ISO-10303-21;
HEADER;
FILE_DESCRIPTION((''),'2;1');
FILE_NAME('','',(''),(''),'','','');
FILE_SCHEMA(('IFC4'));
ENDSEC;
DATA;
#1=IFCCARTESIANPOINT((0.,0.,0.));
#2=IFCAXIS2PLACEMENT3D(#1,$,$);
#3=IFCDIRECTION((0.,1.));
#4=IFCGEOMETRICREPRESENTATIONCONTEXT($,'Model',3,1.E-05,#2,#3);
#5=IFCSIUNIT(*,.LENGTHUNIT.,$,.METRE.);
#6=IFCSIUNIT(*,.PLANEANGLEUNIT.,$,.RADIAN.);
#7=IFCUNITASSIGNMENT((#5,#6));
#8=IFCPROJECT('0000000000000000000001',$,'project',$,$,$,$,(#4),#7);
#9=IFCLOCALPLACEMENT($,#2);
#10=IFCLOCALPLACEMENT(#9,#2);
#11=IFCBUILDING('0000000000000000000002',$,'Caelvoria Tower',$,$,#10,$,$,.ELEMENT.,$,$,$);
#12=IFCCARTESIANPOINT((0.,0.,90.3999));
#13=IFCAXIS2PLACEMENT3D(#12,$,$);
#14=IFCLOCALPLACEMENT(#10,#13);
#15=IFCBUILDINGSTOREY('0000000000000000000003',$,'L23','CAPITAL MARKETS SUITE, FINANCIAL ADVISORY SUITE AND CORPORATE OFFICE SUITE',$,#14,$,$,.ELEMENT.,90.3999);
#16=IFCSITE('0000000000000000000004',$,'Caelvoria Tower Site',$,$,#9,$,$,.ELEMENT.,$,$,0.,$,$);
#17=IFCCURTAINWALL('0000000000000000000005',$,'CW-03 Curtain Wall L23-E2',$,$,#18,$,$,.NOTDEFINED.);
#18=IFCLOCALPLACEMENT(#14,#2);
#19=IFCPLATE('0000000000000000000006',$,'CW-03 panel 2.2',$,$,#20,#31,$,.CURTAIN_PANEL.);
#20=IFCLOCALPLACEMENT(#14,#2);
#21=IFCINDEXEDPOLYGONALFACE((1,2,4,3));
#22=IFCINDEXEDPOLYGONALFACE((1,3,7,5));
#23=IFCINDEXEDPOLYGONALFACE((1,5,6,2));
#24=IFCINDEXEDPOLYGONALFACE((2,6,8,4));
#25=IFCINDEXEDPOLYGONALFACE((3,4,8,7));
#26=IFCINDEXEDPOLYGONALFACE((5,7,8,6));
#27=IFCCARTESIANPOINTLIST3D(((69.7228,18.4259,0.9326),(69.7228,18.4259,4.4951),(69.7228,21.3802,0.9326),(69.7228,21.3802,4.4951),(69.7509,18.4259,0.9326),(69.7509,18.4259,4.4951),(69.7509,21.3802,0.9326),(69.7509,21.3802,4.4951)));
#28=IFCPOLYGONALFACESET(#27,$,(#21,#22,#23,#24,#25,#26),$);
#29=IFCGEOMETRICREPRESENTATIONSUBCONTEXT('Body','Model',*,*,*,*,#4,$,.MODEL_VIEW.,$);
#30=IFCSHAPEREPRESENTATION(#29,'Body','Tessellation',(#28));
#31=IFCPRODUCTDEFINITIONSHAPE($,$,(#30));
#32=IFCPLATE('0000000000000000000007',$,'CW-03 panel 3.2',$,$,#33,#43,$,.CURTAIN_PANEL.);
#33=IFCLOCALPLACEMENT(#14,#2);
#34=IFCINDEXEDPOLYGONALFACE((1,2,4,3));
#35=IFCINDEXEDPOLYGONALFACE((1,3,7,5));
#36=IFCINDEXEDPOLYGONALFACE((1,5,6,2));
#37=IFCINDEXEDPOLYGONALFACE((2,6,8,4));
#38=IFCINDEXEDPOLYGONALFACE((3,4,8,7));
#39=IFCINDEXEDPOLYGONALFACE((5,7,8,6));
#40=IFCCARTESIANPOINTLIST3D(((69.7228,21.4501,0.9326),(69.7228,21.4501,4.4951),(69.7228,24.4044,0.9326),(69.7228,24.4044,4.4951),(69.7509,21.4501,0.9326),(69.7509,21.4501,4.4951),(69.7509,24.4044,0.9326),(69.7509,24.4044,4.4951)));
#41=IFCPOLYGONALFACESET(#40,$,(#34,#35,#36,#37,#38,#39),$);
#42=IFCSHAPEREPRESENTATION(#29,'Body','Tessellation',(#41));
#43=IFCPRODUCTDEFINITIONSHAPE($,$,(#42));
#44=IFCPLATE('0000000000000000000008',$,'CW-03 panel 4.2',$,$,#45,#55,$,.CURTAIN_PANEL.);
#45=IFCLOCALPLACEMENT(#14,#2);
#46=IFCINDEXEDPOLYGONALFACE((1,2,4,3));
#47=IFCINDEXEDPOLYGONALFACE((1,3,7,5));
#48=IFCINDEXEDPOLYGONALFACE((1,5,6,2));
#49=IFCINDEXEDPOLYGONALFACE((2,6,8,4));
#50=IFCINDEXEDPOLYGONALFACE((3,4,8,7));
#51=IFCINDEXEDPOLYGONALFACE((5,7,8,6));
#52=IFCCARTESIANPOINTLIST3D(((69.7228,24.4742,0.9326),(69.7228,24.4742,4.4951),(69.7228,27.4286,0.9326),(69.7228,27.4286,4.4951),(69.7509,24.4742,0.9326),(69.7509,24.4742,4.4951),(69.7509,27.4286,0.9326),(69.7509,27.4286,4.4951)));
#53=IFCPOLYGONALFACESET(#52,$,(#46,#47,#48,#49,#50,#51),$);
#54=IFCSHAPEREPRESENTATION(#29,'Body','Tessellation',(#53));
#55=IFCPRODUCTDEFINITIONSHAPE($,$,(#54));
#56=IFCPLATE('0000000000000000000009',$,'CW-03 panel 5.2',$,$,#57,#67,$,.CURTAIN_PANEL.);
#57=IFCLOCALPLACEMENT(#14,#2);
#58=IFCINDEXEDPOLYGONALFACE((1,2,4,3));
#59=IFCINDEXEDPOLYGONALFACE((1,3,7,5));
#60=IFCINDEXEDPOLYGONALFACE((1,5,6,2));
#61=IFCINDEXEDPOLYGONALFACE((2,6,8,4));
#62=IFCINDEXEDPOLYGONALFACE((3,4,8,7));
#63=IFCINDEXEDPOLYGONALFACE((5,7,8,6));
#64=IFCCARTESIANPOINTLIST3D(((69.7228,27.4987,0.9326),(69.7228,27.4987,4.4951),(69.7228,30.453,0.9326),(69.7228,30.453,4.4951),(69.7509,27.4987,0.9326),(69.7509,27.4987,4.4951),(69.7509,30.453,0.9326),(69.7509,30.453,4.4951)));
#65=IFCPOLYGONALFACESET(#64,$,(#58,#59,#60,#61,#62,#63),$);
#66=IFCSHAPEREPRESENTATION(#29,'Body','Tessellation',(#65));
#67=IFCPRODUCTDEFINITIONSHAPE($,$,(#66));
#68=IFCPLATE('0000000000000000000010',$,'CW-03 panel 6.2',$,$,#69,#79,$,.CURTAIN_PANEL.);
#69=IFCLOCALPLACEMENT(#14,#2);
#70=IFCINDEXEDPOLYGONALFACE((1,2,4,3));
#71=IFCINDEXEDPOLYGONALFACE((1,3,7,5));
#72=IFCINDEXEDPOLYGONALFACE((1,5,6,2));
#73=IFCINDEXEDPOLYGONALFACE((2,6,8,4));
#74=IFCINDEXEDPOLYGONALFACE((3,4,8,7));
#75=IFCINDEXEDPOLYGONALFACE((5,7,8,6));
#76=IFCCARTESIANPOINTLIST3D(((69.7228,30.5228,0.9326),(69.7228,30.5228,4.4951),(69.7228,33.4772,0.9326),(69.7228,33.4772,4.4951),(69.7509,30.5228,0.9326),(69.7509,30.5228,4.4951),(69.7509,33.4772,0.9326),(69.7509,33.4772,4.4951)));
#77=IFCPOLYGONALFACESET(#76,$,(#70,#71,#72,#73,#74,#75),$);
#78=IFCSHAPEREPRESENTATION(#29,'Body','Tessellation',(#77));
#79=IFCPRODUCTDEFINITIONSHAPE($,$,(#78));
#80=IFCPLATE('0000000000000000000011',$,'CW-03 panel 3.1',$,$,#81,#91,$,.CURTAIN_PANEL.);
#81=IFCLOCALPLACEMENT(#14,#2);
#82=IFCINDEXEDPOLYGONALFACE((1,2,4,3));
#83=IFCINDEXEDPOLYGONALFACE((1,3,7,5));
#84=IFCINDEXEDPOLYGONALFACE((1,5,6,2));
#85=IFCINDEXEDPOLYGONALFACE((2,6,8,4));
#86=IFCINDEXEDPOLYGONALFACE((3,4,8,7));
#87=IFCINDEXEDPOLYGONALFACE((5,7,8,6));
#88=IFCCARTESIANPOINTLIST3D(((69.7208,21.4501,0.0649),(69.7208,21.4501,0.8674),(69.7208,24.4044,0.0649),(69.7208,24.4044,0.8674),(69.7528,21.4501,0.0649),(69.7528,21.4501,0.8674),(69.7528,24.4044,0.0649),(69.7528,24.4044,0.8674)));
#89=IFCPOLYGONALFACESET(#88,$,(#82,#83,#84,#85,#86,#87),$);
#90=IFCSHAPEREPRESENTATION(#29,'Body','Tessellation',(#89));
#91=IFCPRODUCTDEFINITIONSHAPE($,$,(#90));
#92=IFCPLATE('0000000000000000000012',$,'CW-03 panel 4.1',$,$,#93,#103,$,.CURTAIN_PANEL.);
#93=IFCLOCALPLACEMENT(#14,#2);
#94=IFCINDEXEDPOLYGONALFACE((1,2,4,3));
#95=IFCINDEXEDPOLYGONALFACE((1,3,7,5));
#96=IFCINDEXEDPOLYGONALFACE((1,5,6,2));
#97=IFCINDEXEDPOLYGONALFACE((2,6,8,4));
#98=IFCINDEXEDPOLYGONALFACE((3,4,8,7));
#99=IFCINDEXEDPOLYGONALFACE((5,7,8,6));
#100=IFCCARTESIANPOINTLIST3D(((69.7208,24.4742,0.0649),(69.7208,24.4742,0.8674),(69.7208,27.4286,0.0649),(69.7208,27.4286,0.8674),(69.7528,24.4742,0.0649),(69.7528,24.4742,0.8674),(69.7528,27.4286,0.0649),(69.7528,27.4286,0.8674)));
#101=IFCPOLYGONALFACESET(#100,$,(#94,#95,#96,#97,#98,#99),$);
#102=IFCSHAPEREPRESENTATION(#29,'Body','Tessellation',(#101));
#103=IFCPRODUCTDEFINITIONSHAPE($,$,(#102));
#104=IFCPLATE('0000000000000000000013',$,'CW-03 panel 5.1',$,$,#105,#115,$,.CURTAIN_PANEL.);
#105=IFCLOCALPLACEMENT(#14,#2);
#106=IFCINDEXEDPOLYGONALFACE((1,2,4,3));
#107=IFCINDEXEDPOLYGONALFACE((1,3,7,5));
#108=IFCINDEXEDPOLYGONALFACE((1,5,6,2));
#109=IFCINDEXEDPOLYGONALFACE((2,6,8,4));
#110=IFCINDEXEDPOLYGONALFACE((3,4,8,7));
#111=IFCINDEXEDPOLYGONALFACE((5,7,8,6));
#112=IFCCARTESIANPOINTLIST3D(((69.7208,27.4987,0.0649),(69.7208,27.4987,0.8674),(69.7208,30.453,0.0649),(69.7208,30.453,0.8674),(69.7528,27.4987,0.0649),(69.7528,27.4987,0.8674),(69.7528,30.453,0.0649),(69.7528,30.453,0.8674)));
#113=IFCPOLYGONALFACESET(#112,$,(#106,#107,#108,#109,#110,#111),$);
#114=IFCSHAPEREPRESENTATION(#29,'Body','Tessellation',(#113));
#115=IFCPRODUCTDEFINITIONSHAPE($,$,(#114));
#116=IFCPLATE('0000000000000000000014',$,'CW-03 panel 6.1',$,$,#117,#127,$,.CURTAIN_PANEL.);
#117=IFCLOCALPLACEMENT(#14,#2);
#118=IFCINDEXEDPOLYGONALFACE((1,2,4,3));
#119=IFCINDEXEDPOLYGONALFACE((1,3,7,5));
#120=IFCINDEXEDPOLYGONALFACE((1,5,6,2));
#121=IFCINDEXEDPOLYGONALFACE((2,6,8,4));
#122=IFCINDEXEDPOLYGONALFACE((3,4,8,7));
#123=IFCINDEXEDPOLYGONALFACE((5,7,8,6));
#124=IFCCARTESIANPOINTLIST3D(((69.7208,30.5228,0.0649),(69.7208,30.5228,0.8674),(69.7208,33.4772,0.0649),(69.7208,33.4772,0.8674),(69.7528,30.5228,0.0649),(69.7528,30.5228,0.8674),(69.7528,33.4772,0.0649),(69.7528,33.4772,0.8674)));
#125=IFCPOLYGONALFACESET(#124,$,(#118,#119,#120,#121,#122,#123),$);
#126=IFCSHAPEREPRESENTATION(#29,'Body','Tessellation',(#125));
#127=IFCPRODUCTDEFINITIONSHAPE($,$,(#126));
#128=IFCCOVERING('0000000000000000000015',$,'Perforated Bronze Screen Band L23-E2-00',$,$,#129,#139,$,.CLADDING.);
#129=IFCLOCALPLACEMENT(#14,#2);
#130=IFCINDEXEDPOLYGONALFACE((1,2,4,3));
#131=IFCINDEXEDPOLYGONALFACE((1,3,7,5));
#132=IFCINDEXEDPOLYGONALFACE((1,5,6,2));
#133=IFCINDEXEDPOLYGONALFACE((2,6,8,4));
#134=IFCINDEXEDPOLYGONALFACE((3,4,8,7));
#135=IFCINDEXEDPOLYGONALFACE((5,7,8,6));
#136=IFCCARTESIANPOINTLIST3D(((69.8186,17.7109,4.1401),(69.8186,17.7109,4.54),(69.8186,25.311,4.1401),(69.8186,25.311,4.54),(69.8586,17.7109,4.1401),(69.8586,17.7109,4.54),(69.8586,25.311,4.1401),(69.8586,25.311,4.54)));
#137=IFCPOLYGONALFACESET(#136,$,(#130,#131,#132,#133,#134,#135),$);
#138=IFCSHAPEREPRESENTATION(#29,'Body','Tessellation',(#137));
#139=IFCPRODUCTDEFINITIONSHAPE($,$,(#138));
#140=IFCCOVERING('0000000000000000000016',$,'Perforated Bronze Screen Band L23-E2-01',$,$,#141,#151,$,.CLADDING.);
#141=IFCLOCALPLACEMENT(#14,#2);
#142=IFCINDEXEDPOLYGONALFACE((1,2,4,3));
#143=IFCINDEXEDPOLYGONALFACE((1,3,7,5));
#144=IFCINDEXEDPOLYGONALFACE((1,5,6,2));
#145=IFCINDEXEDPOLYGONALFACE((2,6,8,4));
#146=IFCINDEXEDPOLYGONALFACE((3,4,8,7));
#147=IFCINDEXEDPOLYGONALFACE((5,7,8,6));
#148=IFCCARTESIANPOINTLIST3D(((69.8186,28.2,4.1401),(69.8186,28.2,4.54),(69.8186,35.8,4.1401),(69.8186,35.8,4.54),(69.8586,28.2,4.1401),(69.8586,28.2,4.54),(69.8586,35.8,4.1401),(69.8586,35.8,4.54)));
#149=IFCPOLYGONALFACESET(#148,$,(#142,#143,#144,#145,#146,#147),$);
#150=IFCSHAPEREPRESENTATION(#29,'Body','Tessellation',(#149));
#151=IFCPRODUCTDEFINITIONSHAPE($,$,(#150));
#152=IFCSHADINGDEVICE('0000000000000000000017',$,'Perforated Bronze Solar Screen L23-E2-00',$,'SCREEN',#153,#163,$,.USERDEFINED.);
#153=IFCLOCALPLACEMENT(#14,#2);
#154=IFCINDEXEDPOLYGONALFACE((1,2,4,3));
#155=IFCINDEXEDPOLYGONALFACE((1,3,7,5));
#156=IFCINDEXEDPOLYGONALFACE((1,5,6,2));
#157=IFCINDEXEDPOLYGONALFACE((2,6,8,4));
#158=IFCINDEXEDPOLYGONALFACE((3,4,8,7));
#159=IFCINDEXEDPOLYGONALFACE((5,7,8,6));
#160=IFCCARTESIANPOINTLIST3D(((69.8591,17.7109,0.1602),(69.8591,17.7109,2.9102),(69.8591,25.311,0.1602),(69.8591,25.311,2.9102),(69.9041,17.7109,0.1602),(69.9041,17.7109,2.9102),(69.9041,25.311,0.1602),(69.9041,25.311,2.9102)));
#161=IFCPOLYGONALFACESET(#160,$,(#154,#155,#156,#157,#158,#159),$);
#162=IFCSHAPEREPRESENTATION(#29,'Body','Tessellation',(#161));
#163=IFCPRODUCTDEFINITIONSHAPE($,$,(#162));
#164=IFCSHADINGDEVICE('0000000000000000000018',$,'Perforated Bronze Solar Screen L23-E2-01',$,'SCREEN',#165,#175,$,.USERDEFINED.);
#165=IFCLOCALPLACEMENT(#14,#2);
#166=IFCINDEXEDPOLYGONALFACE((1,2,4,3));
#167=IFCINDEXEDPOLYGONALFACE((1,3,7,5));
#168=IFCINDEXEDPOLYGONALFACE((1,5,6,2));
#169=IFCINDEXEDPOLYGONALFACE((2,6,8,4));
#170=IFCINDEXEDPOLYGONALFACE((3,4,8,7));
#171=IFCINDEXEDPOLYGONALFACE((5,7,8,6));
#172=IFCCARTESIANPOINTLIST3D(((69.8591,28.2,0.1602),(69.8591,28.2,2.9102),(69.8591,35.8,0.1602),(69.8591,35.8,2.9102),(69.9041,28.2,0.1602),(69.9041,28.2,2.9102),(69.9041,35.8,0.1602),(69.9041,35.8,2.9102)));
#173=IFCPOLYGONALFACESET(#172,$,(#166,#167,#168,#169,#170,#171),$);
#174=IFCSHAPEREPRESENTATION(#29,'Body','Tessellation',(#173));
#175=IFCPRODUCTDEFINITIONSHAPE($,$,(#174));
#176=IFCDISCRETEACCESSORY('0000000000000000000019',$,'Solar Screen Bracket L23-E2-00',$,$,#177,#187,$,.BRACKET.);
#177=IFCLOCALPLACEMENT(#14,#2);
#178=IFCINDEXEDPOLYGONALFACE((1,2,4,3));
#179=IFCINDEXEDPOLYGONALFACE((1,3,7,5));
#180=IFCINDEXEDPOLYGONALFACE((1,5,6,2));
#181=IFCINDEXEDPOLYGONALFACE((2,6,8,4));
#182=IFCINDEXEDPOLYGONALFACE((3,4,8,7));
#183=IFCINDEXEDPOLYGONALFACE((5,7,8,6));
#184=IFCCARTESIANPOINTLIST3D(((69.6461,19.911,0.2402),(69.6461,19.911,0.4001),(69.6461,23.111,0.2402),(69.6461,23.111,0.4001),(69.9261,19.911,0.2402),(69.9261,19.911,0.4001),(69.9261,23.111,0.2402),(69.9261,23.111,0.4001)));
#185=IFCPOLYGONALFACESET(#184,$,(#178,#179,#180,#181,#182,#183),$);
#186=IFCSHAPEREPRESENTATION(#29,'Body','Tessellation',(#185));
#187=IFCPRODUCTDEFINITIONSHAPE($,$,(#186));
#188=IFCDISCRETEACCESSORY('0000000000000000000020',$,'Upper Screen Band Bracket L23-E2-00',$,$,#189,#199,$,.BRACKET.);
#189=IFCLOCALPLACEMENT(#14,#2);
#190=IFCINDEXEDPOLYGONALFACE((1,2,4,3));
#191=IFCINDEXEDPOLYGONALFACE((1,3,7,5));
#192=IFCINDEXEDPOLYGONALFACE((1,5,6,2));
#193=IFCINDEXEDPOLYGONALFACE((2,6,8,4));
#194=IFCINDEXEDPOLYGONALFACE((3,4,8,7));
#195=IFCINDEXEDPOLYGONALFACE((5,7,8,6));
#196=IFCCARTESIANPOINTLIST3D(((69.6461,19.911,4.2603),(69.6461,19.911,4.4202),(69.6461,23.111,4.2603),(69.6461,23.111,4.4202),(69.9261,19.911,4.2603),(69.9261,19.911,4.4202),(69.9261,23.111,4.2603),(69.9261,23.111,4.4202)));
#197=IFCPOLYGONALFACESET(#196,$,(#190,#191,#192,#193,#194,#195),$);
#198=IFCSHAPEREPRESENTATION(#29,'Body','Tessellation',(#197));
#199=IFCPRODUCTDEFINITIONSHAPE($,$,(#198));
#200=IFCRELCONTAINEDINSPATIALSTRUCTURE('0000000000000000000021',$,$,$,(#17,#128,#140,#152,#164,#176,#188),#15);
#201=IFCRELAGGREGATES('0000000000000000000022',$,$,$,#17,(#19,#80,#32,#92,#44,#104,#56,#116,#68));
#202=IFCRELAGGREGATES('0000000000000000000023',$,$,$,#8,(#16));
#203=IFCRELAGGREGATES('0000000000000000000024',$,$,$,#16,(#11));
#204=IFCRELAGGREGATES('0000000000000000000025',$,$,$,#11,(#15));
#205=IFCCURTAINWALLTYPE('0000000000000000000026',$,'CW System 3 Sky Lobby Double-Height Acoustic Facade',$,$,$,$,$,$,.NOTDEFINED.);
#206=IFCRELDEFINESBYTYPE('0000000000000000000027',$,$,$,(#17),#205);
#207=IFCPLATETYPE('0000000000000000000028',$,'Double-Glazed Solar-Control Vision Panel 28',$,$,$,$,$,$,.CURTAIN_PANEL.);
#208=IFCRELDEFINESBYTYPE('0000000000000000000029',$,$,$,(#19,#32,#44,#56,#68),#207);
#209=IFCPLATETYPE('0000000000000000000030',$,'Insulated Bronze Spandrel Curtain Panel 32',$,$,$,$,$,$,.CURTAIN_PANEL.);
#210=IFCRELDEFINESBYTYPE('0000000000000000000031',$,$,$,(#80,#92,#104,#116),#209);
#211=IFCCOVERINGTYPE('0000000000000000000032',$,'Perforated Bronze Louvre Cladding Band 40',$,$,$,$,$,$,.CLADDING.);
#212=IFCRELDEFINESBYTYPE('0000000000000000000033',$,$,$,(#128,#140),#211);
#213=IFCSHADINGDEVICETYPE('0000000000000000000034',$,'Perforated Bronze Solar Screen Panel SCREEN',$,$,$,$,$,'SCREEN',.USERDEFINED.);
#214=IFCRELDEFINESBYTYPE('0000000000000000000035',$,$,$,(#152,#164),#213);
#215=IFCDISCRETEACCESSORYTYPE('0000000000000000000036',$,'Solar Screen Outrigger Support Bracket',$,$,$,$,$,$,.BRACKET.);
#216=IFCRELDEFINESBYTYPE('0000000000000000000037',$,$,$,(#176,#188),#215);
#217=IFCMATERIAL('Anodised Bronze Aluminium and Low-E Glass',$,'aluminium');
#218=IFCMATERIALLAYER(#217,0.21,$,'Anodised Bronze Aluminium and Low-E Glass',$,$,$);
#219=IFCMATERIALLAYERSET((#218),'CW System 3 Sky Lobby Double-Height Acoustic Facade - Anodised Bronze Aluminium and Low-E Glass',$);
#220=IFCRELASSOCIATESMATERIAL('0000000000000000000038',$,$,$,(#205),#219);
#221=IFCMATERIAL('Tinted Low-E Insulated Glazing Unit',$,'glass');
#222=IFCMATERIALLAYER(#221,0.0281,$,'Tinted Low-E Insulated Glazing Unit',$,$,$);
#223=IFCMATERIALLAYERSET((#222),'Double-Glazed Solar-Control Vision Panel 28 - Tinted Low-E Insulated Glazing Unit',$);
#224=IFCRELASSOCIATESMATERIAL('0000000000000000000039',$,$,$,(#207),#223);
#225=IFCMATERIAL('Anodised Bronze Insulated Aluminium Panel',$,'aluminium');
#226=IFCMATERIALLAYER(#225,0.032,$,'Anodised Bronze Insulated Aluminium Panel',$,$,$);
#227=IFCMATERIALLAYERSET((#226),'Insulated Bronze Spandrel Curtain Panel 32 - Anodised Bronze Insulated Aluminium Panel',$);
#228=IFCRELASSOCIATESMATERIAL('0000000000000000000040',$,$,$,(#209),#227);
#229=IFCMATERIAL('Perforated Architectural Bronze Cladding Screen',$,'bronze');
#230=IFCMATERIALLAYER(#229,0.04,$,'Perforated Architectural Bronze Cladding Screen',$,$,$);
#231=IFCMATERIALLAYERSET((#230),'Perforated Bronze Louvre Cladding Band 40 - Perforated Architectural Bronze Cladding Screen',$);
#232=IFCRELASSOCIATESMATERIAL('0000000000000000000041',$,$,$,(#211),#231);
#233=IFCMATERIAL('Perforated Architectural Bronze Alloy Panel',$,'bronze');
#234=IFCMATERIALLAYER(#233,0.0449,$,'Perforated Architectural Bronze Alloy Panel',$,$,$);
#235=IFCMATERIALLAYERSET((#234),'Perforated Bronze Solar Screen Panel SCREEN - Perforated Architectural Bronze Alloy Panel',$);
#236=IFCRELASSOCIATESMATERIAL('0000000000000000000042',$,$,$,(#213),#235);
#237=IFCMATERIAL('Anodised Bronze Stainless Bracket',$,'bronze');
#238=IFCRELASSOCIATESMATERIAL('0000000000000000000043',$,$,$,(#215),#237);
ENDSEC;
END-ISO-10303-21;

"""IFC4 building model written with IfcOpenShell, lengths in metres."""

from ifc_helpers import new_model, si_unit, direction, frame, origin, origin_2d, place, context, subcontext, project, spatial, rectangle, extrude, material, layer, layer_set, type_object, element, aggregate, save


model = new_model("IFC4")

# Units and contexts
model_context = context("Model", 3, precision=1e-05, world=origin(), true_north=direction((0.0, 1.0)))
body_context = subcontext(model_context, "Body", "Model", "MODEL_VIEW")
ifc_project = project(units=[si_unit("LENGTHUNIT", "METRE"), si_unit("PLANEANGLEUNIT", "RADIAN")], contexts=[model_context])

# Site, building, storey
site_placement = place(None, origin())
site = spatial("IfcSite", under=ifc_project, at=site_placement, Name="Caelvoria Tower Site", CompositionType="ELEMENT", RefElevation=0.0)
building_placement = place(site_placement, origin())
building = spatial("IfcBuilding", under=site, at=building_placement, Name="Caelvoria Tower", CompositionType="ELEMENT")
storey_placement = place(building_placement, frame((0.0, 0.0, 90.3999)))
storey = spatial("IfcBuildingStorey", under=building, at=storey_placement, Name="L23", Description="CAPITAL MARKETS SUITE, FINANCIAL ADVISORY SUITE AND CORPORATE OFFICE SUITE", CompositionType="ELEMENT", Elevation=90.3999)

# Curtain wall
ifc_material_1 = material(Name="Anodised Bronze Aluminium and Low-E Glass", Category="aluminium")
ifc_layer_1 = layer(ifc_material_1, 0.21, Name="Anodised Bronze Aluminium and Low-E Glass")
ifc_layer_set_1 = layer_set([ifc_layer_1], Name="CW System 3 Sky Lobby Double-Height Acoustic Facade - Anodised Bronze Aluminium and Low-E Glass")
curtain_wall_type = type_object("IfcCurtainWallType", Name="CW System 3 Sky Lobby Double-Height Acoustic Facade", PredefinedType="NOTDEFINED", material=ifc_layer_set_1)
curtain_wall_placement = place(storey_placement, origin())
curtain_wall = element("IfcCurtainWall", 1, at=curtain_wall_placement, inside=storey, type_object=curtain_wall_type, Name="CW-03 Curtain Wall L23-E2", PredefinedType="NOTDEFINED")

# Plates
ifc_material_2 = material(Name="Tinted Low-E Insulated Glazing Unit", Category="glass")
ifc_layer_2 = layer(ifc_material_2, 0.0281, Name="Tinted Low-E Insulated Glazing Unit")
ifc_layer_set_2 = layer_set([ifc_layer_2], Name="Double-Glazed Solar-Control Vision Panel 28 - Tinted Low-E Insulated Glazing Unit")
plate_type_1 = type_object("IfcPlateType", Name="Double-Glazed Solar-Control Vision Panel 28", PredefinedType="CURTAIN_PANEL", material=ifc_layer_set_2)
plate_1_placement = place(storey_placement, frame((69.7368, 19.9031, 0.9326), z_axis=(0.0, 0.0, 1.0), x_axis=(0.0, 1.0, 0.0)))
plate_1 = element("IfcPlate", 2, at=plate_1_placement, type_object=plate_type_1, Name="CW-03 panel 2.2", PredefinedType="CURTAIN_PANEL", context=body_context, shape_type="SweptSolid", body=[
    extrude(rectangle(XDim=2.9543, YDim=0.0281, at=origin_2d()), origin(), (0.0, 0.0, 1.0), 3.5625),
])
plate_2_placement = place(storey_placement, frame((69.7368, 22.9272, 0.9326), z_axis=(0.0, 0.0, 1.0), x_axis=(0.0, 1.0, 0.0)))
plate_2 = element("IfcPlate", 3, at=plate_2_placement, type_object=plate_type_1, Name="CW-03 panel 3.2", PredefinedType="CURTAIN_PANEL", context=body_context, shape_type="SweptSolid", body=[
    extrude(rectangle(XDim=2.9543, YDim=0.0281, at=origin_2d()), origin(), (0.0, 0.0, 1.0), 3.5625),
])
plate_3_placement = place(storey_placement, frame((69.7368, 25.9514, 0.9326), z_axis=(0.0, 0.0, 1.0), x_axis=(0.0, 1.0, 0.0)))
plate_3 = element("IfcPlate", 4, at=plate_3_placement, type_object=plate_type_1, Name="CW-03 panel 4.2", PredefinedType="CURTAIN_PANEL", context=body_context, shape_type="SweptSolid", body=[
    extrude(rectangle(XDim=2.9543, YDim=0.0281, at=origin_2d()), origin(), (0.0, 0.0, 1.0), 3.5625),
])
plate_4_placement = place(storey_placement, frame((69.7368, 28.9758, 0.9326), z_axis=(0.0, 0.0, 1.0), x_axis=(0.0, 1.0, 0.0)))
plate_4 = element("IfcPlate", 5, at=plate_4_placement, type_object=plate_type_1, Name="CW-03 panel 5.2", PredefinedType="CURTAIN_PANEL", context=body_context, shape_type="SweptSolid", body=[
    extrude(rectangle(XDim=2.9543, YDim=0.0281, at=origin_2d()), origin(), (0.0, 0.0, 1.0), 3.5625),
])
plate_5_placement = place(storey_placement, frame((69.7368, 32.0, 0.9326), z_axis=(0.0, 0.0, 1.0), x_axis=(0.0, 1.0, 0.0)))
plate_5 = element("IfcPlate", 6, at=plate_5_placement, type_object=plate_type_1, Name="CW-03 panel 6.2", PredefinedType="CURTAIN_PANEL", context=body_context, shape_type="SweptSolid", body=[
    extrude(rectangle(XDim=2.9543, YDim=0.0281, at=origin_2d()), origin(), (0.0, 0.0, 1.0), 3.5625),
])
ifc_material_3 = material(Name="Anodised Bronze Insulated Aluminium Panel", Category="aluminium")
ifc_layer_3 = layer(ifc_material_3, 0.032, Name="Anodised Bronze Insulated Aluminium Panel")
ifc_layer_set_3 = layer_set([ifc_layer_3], Name="Insulated Bronze Spandrel Curtain Panel 32 - Anodised Bronze Insulated Aluminium Panel")
plate_type_2 = type_object("IfcPlateType", Name="Insulated Bronze Spandrel Curtain Panel 32", PredefinedType="CURTAIN_PANEL", material=ifc_layer_set_3)
plate_6_placement = place(storey_placement, frame((69.7368, 22.9272, 0.0649), z_axis=(0.0, 0.0, 1.0), x_axis=(0.0, 1.0, 0.0)))
plate_6 = element("IfcPlate", 7, at=plate_6_placement, type_object=plate_type_2, Name="CW-03 panel 3.1", PredefinedType="CURTAIN_PANEL", context=body_context, shape_type="SweptSolid", body=[
    extrude(rectangle(XDim=2.9543, YDim=0.032, at=origin_2d()), origin(), (0.0, 0.0, 1.0), 0.8025),
])
plate_7_placement = place(storey_placement, frame((69.7368, 25.9514, 0.0649), z_axis=(0.0, 0.0, 1.0), x_axis=(0.0, 1.0, 0.0)))
plate_7 = element("IfcPlate", 8, at=plate_7_placement, type_object=plate_type_2, Name="CW-03 panel 4.1", PredefinedType="CURTAIN_PANEL", context=body_context, shape_type="SweptSolid", body=[
    extrude(rectangle(XDim=2.9543, YDim=0.032, at=origin_2d()), origin(), (0.0, 0.0, 1.0), 0.8025),
])
plate_8_placement = place(storey_placement, frame((69.7368, 28.9758, 0.0649), z_axis=(0.0, 0.0, 1.0), x_axis=(0.0, 1.0, 0.0)))
plate_8 = element("IfcPlate", 9, at=plate_8_placement, type_object=plate_type_2, Name="CW-03 panel 5.1", PredefinedType="CURTAIN_PANEL", context=body_context, shape_type="SweptSolid", body=[
    extrude(rectangle(XDim=2.9543, YDim=0.032, at=origin_2d()), origin(), (0.0, 0.0, 1.0), 0.8025),
])
plate_9_placement = place(storey_placement, frame((69.7368, 32.0, 0.0649), z_axis=(0.0, 0.0, 1.0), x_axis=(0.0, 1.0, 0.0)))
plate_9 = element("IfcPlate", 10, at=plate_9_placement, type_object=plate_type_2, Name="CW-03 panel 6.1", PredefinedType="CURTAIN_PANEL", context=body_context, shape_type="SweptSolid", body=[
    extrude(rectangle(XDim=2.9543, YDim=0.032, at=origin_2d()), origin(), (0.0, 0.0, 1.0), 0.8025),
])
aggregate(curtain_wall, [plate_1, plate_6, plate_2, plate_7, plate_3, plate_8, plate_4, plate_9, plate_5])

# Coverings
ifc_material_4 = material(Name="Perforated Architectural Bronze Cladding Screen", Category="bronze")
ifc_layer_4 = layer(ifc_material_4, 0.04, Name="Perforated Architectural Bronze Cladding Screen")
ifc_layer_set_4 = layer_set([ifc_layer_4], Name="Perforated Bronze Louvre Cladding Band 40 - Perforated Architectural Bronze Cladding Screen")
covering_type = type_object("IfcCoveringType", Name="Perforated Bronze Louvre Cladding Band 40", PredefinedType="CLADDING", material=ifc_layer_set_4)
for number, where, z_axis, x_axis, name in (
    (11, (69.8386, 21.511, 4.1401), (0.0, 0.0, 1.0), (0.0, 1.0, 0.0), "Perforated Bronze Screen Band L23-E2-00"),
    (12, (69.8386, 32.0, 4.1401), (0.0, 0.0, 1.0), (0.0, 1.0, 0.0), "Perforated Bronze Screen Band L23-E2-01"),
):
    element("IfcCovering", number, at=place(storey_placement, frame(where, z_axis=z_axis, x_axis=x_axis)), inside=storey, type_object=covering_type, Name=name, PredefinedType="CLADDING", context=body_context, shape_type="SweptSolid", body=[
        extrude(rectangle(XDim=7.6001, YDim=0.04, at=origin_2d()), origin(), (0.0, 0.0, 1.0), 0.3999),
    ])

# Shading devices
ifc_material_5 = material(Name="Perforated Architectural Bronze Alloy Panel", Category="bronze")
ifc_layer_5 = layer(ifc_material_5, 0.0449, Name="Perforated Architectural Bronze Alloy Panel")
ifc_layer_set_5 = layer_set([ifc_layer_5], Name="Perforated Bronze Solar Screen Panel SCREEN - Perforated Architectural Bronze Alloy Panel")
shading_device_type = type_object("IfcShadingDeviceType", Name="Perforated Bronze Solar Screen Panel SCREEN", ElementType="SCREEN", PredefinedType="USERDEFINED", material=ifc_layer_set_5)
for number, where, z_axis, x_axis, name in (
    (13, (69.8816, 21.511, 0.1602), (0.0, 0.0, 1.0), (0.0, 1.0, 0.0), "Perforated Bronze Solar Screen L23-E2-00"),
    (14, (69.8816, 32.0, 0.1602), (0.0, 0.0, 1.0), (0.0, 1.0, 0.0), "Perforated Bronze Solar Screen L23-E2-01"),
):
    element("IfcShadingDevice", number, at=place(storey_placement, frame(where, z_axis=z_axis, x_axis=x_axis)), inside=storey, type_object=shading_device_type, Name=name, ObjectType="SCREEN", PredefinedType="USERDEFINED", context=body_context, shape_type="SweptSolid", body=[
        extrude(rectangle(XDim=7.6001, YDim=0.0449, at=origin_2d()), origin(), (0.0, 0.0, 1.0), 2.75),
    ])

# Discrete accessories
ifc_material_6 = material(Name="Anodised Bronze Stainless Bracket", Category="bronze")
discrete_accessory_type = type_object("IfcDiscreteAccessoryType", Name="Solar Screen Outrigger Support Bracket", PredefinedType="BRACKET", material=ifc_material_6)
for number, where, z_axis, x_axis, name in (
    (15, (69.7861, 21.511, 0.2402), (0.0, 0.0, 1.0), (0.0, 1.0, 0.0), "Solar Screen Bracket L23-E2-00"),
    (16, (69.7861, 21.511, 4.2603), (0.0, 0.0, 1.0), (0.0, 1.0, 0.0), "Upper Screen Band Bracket L23-E2-00"),
):
    element("IfcDiscreteAccessory", number, at=place(storey_placement, frame(where, z_axis=z_axis, x_axis=x_axis)), inside=storey, type_object=discrete_accessory_type, Name=name, PredefinedType="BRACKET", context=body_context, shape_type="SweptSolid", body=[
        extrude(rectangle(XDim=3.2, YDim=0.28, at=origin_2d()), origin(), (0.0, 0.0, 1.0), 0.1599),
    ])

save(model, "model.ifc")
